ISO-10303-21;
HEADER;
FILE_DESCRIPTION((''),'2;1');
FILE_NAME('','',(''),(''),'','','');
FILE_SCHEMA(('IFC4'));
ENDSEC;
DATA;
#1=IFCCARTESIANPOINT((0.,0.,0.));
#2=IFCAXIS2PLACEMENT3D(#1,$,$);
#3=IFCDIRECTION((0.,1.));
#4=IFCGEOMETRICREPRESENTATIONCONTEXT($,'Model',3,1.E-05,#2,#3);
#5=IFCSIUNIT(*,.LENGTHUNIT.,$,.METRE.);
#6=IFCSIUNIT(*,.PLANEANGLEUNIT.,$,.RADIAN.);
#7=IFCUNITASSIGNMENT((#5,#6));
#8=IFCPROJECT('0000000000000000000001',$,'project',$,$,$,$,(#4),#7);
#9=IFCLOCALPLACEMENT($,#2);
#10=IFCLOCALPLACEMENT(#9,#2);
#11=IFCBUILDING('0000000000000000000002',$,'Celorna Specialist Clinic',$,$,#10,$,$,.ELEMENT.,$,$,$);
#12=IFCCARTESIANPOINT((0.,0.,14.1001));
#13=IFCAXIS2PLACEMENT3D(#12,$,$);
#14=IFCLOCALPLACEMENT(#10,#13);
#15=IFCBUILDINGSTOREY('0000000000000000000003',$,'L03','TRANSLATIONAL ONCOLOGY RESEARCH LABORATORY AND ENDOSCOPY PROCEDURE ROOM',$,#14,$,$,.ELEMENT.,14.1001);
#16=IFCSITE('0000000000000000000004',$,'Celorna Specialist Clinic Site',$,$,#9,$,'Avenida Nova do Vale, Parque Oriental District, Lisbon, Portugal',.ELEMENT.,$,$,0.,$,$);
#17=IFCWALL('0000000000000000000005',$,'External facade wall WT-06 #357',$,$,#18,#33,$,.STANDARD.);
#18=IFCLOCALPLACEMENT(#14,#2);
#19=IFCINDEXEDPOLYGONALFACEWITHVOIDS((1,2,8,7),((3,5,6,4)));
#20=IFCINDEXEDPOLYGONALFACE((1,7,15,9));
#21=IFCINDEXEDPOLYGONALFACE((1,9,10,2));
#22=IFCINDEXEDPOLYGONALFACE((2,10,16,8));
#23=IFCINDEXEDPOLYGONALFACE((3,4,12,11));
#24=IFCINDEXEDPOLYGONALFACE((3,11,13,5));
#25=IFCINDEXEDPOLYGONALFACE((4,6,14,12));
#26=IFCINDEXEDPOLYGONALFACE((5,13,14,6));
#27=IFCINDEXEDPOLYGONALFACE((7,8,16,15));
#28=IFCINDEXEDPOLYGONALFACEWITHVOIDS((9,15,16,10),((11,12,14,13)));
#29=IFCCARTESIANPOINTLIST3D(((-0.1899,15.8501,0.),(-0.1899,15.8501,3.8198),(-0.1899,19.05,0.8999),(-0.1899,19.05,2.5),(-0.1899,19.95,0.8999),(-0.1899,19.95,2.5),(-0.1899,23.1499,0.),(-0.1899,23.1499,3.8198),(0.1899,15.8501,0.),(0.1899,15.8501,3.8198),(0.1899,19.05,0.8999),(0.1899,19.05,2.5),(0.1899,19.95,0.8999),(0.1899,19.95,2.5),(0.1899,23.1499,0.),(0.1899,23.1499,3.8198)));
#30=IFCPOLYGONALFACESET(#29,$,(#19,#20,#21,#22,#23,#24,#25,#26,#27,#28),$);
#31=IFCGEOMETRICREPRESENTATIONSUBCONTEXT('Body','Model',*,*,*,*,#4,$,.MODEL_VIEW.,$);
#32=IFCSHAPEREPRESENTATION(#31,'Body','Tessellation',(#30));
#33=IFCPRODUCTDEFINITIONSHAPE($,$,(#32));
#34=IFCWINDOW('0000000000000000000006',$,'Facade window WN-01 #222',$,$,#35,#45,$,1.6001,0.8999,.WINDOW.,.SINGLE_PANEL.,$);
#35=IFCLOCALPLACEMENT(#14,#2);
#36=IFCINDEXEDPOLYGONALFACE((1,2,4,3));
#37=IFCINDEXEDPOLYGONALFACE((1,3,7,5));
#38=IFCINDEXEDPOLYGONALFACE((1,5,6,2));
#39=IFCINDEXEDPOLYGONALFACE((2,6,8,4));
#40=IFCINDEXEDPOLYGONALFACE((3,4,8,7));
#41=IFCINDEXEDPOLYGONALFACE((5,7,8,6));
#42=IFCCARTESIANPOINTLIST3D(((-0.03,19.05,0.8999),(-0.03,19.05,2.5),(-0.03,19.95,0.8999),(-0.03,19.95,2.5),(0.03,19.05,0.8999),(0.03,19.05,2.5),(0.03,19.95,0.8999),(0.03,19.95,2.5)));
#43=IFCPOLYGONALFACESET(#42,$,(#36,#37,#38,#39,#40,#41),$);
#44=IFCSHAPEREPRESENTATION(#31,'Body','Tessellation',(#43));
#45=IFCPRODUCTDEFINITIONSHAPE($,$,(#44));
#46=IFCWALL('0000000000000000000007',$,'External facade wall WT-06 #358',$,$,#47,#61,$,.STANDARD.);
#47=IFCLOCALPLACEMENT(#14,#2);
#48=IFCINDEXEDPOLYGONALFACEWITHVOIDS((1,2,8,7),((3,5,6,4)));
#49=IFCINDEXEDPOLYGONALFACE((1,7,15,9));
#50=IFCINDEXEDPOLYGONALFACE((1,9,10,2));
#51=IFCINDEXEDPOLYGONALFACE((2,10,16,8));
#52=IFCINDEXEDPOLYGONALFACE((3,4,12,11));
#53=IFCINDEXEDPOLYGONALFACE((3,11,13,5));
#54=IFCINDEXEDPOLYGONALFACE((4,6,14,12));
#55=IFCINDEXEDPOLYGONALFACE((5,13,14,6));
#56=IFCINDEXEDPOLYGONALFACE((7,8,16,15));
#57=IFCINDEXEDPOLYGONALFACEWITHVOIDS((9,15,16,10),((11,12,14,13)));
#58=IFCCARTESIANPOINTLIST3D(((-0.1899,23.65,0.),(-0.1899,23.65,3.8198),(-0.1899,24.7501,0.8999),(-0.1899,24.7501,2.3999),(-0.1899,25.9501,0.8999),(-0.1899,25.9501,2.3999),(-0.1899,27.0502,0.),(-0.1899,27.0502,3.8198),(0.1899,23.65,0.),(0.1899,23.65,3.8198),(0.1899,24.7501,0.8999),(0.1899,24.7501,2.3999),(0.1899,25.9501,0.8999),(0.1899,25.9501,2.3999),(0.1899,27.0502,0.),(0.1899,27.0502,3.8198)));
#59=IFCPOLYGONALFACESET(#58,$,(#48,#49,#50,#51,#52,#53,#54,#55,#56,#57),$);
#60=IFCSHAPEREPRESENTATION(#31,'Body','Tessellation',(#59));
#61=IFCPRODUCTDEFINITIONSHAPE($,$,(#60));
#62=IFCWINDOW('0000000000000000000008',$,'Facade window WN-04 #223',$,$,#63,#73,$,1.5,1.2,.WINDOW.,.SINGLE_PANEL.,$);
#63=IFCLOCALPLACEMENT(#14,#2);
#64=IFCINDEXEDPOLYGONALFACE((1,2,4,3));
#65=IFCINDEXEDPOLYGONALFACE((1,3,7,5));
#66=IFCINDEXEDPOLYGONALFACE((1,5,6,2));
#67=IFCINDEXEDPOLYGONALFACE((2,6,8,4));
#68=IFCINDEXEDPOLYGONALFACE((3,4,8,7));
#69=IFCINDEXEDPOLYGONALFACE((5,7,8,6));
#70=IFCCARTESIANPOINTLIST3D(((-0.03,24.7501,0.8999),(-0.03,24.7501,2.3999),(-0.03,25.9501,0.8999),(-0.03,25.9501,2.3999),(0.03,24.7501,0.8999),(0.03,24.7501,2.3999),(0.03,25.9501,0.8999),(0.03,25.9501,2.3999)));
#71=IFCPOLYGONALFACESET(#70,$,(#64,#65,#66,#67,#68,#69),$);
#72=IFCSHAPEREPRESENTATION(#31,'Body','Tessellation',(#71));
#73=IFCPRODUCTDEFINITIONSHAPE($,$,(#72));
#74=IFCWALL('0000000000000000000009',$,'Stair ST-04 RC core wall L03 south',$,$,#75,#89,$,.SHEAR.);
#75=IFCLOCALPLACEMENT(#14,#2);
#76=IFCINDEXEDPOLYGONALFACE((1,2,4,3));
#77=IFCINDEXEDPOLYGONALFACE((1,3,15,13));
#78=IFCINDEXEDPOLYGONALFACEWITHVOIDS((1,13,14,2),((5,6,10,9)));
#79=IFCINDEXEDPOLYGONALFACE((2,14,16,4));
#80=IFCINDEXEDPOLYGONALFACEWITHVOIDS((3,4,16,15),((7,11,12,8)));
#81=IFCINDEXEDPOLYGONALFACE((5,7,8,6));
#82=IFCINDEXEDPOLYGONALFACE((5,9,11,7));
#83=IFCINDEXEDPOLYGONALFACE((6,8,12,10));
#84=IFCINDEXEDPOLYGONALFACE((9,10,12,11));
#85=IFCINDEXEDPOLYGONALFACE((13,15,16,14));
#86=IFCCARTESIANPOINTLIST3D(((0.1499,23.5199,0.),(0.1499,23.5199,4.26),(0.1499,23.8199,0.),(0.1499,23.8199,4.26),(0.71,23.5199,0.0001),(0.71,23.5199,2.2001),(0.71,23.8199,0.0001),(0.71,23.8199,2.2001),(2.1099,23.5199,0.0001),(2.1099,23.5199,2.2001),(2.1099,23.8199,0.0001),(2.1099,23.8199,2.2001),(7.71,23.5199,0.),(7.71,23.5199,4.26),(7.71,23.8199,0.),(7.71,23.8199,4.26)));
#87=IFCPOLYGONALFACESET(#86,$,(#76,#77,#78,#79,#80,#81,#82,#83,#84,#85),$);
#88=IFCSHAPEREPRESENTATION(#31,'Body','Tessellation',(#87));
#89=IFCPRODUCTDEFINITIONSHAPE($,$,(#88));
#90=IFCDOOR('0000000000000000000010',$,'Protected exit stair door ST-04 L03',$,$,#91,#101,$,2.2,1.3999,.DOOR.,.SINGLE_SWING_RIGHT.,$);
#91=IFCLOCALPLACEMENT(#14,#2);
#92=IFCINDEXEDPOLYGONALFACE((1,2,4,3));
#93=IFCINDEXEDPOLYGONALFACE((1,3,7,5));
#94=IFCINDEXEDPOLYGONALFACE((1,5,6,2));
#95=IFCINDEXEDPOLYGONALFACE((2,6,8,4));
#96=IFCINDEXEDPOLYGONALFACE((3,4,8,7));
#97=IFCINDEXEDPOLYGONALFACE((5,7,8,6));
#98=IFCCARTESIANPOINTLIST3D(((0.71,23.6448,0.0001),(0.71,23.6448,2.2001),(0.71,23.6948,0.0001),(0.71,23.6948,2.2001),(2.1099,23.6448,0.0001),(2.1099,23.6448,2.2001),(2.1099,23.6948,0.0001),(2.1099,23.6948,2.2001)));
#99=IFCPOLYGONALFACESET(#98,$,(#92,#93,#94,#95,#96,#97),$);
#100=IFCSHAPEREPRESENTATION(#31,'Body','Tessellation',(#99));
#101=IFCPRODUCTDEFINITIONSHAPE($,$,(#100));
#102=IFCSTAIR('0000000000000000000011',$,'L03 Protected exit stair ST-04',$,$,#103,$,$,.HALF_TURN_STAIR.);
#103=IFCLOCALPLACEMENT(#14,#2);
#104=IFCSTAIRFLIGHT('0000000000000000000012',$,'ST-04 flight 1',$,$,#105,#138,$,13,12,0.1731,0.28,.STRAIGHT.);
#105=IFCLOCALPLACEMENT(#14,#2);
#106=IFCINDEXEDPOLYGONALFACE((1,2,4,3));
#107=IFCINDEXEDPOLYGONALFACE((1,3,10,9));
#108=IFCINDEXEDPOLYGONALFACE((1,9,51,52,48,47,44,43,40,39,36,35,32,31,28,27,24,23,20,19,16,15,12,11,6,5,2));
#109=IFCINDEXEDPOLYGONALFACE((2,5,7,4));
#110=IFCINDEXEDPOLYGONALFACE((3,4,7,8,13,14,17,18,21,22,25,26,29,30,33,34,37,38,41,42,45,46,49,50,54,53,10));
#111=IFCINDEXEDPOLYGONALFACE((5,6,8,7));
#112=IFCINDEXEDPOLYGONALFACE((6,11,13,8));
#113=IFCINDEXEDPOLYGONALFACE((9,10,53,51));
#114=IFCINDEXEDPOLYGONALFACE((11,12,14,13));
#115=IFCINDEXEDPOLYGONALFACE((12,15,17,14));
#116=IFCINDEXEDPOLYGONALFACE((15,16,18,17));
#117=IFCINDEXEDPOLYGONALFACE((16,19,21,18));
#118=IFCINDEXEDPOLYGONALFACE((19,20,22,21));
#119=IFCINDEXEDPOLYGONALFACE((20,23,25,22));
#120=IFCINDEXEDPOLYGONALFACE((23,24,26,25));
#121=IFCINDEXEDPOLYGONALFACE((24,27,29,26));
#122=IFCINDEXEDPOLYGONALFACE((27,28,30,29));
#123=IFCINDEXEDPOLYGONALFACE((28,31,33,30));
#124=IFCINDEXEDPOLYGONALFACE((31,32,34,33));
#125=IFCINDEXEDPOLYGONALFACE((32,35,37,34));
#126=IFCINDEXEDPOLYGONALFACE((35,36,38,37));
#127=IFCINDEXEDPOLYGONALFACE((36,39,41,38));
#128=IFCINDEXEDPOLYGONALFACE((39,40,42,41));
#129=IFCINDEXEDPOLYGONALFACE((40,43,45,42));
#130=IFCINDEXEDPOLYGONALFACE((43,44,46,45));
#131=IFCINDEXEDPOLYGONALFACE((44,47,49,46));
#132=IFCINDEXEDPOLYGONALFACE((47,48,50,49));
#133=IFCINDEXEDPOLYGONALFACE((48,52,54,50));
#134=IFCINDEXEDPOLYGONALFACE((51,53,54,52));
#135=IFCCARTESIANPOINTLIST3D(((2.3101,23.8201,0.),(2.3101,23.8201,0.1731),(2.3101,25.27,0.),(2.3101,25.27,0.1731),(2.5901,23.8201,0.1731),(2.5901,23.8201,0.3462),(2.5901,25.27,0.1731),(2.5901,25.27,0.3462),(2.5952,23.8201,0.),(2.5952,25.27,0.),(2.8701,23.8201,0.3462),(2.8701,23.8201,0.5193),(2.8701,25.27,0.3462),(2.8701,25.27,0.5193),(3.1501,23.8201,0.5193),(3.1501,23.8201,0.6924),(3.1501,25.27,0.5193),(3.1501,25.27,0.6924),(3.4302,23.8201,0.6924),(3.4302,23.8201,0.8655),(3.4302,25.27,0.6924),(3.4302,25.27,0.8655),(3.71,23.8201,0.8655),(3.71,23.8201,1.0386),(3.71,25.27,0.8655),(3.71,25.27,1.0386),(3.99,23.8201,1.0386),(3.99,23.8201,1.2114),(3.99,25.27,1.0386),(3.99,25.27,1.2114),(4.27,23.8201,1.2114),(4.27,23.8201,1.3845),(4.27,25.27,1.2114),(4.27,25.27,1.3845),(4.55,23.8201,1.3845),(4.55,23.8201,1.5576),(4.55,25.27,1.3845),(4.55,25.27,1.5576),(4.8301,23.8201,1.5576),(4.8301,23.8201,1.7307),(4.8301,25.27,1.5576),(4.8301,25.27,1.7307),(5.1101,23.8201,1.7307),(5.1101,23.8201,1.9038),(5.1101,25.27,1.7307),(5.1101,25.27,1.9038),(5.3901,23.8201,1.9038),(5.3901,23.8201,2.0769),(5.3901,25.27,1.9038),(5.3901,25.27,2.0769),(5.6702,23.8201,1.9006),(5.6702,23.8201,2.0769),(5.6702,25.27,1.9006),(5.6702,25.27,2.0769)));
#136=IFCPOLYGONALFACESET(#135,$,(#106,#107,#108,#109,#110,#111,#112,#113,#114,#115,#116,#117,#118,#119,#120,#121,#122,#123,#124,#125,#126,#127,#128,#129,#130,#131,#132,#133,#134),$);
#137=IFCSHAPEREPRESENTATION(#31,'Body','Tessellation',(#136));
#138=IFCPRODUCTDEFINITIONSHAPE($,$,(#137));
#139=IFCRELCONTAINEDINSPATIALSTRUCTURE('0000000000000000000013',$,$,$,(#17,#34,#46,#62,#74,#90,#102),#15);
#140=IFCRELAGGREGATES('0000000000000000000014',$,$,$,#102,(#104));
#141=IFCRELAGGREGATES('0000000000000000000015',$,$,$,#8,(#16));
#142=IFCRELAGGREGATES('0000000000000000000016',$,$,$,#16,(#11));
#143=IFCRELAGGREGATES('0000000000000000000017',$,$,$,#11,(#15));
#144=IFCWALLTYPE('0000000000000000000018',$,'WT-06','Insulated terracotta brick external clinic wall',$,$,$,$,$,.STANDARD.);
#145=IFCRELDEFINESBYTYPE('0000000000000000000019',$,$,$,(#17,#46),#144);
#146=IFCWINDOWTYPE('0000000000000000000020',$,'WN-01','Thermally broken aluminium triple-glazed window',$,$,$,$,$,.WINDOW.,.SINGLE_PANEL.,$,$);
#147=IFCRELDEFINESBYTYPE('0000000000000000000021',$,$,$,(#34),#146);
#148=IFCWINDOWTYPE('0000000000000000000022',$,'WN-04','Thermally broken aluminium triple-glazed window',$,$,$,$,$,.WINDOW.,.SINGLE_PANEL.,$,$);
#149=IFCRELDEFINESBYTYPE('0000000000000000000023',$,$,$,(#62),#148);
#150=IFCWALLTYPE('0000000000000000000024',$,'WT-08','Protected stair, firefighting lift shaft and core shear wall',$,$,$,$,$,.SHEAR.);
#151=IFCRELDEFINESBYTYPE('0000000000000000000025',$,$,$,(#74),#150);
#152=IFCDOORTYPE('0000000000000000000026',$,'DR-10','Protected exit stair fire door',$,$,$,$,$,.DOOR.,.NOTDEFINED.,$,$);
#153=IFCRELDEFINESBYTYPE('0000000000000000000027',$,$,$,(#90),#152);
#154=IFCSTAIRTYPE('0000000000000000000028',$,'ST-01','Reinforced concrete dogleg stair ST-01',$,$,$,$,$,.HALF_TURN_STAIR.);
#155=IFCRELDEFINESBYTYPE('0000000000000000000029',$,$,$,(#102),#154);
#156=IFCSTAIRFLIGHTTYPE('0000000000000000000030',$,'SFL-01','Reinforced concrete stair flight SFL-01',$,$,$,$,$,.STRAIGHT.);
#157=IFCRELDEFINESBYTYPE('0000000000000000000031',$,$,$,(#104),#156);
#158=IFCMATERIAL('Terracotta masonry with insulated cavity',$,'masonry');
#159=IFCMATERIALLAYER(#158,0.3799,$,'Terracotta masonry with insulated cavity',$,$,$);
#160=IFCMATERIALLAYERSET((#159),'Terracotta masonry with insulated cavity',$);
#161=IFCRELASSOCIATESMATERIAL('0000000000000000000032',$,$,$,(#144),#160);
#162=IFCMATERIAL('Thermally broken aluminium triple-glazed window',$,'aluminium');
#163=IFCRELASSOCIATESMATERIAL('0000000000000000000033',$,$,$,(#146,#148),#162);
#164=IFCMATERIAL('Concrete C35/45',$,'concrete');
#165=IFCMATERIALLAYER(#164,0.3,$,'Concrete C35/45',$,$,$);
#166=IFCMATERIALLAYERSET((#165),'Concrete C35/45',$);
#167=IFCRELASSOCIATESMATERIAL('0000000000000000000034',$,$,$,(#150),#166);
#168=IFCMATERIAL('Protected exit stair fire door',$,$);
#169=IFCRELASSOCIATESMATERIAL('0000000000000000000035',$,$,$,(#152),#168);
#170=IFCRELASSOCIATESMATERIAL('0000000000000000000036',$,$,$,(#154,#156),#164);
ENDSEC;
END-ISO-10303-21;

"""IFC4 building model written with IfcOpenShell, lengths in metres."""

from ifc_helpers import new_model, si_unit, direction, frame, frame_2d, origin, place, context, subcontext, project, spatial, polyline, rectangle, outline, extrude, material, layer, layer_set, type_object, element, fill, aggregate, save


model = new_model("IFC4")

# Units and contexts
model_context = context("Model", 3, precision=1e-05, world=origin(), true_north=direction((0.0, 1.0)))
body_context = subcontext(model_context, "Body", "Model", "MODEL_VIEW")
ifc_project = project(units=[si_unit("LENGTHUNIT", "METRE"), si_unit("PLANEANGLEUNIT", "RADIAN")], contexts=[model_context])

# Site, building, storey
site_placement = place(None, origin())
site = spatial("IfcSite", under=ifc_project, at=site_placement, Name="Celorna Specialist Clinic Site", LongName="Avenida Nova do Vale, Parque Oriental District, Lisbon, Portugal", CompositionType="ELEMENT", RefElevation=0.0)
building_placement = place(site_placement, origin())
building = spatial("IfcBuilding", under=site, at=building_placement, Name="Celorna Specialist Clinic", CompositionType="ELEMENT")
storey_placement = place(building_placement, frame((0.0, 0.0, 14.1001)))
storey = spatial("IfcBuildingStorey", under=building, at=storey_placement, Name="L03", Description="TRANSLATIONAL ONCOLOGY RESEARCH LABORATORY AND ENDOSCOPY PROCEDURE ROOM", CompositionType="ELEMENT", Elevation=14.1001)

# Shared definitions
ifc_material_1 = material(Name="Concrete C35/45", Category="concrete")

# Walls, openings, windows
ifc_material_2 = material(Name="Terracotta masonry with insulated cavity", Category="masonry")
ifc_layer_1 = layer(ifc_material_2, 0.3799, Name="Terracotta masonry with insulated cavity")
ifc_layer_set_1 = layer_set([ifc_layer_1], Name="Terracotta masonry with insulated cavity")
wall_type_1 = type_object("IfcWallType", Name="WT-06", Description="Insulated terracotta brick external clinic wall", PredefinedType="STANDARD", material=ifc_layer_set_1)
wall_1_placement = place(storey_placement, frame((0.0, 15.8501, 0.0), z_axis=(0.0, 0.0, 1.0), x_axis=(0.0, 1.0, 0.0)))
wall_1 = element("IfcWall", 1, at=wall_1_placement, inside=storey, type_object=wall_type_1, Name="External facade wall WT-06 #357", PredefinedType="STANDARD", context=body_context, shape_type="SweptSolid", body=[
    extrude(rectangle(XDim=7.2998, YDim=0.3799, at=frame_2d((3.6499, 0.0))), origin(), (0.0, 0.0, 1.0), 3.8198),
])
opening_1_placement = place(wall_1_placement, frame((3.2, 0.0, 0.8999)))
opening_1 = element("IfcOpeningElement", 2, at=opening_1_placement, cuts=wall_1, PredefinedType="OPENING", context=body_context, shape_type="SweptSolid", body=[
    extrude(rectangle(XDim=0.8999, YDim=1.6001, at=frame_2d((0.45, 0.8))), frame((0.0, 0.2, 0.0), z_axis=(0.0, -1.0, 0.0), x_axis=(1.0, 0.0, 0.0)), (0.0, 0.0, 1.0), 0.3999),
])
ifc_material_3 = material(Name="Thermally broken aluminium triple-glazed window", Category="aluminium")
window_type_1 = type_object("IfcWindowType", Name="WN-01", Description="Thermally broken aluminium triple-glazed window", PartitioningType="SINGLE_PANEL", PredefinedType="WINDOW", material=ifc_material_3)
window_1_placement = place(opening_1_placement, origin())
window_1 = element("IfcWindow", 3, at=window_1_placement, inside=storey, type_object=window_type_1, Name="Facade window WN-01 #222", OverallHeight=1.6001, OverallWidth=0.8999, PartitioningType="SINGLE_PANEL", PredefinedType="WINDOW", context=body_context, shape_type="SweptSolid", body=[
    extrude(rectangle(XDim=0.8999, YDim=1.6001, at=frame_2d((0.45, 0.8))), frame((0.0, 0.03, 0.0), z_axis=(0.0, -1.0, 0.0), x_axis=(1.0, 0.0, 0.0)), (0.0, 0.0, 1.0), 0.0601),
])
fill(opening_1, window_1)
wall_2_placement = place(storey_placement, frame((0.0, 23.6499, 0.0), z_axis=(0.0, 0.0, 1.0), x_axis=(0.0, 1.0, 0.0)))
wall_2 = element("IfcWall", 4, at=wall_2_placement, inside=storey, type_object=wall_type_1, Name="External facade wall WT-06 #358", PredefinedType="STANDARD", context=body_context, shape_type="SweptSolid", body=[
    extrude(rectangle(XDim=3.4001, YDim=0.3799, at=frame_2d((1.7002, 0.0))), origin(), (0.0, 0.0, 1.0), 3.8198),
])
opening_2_placement = place(wall_2_placement, frame((1.1001, 0.0, 0.8999)))
opening_2 = element("IfcOpeningElement", 5, at=opening_2_placement, cuts=wall_2, PredefinedType="OPENING", context=body_context, shape_type="SweptSolid", body=[
    extrude(rectangle(XDim=1.2, YDim=1.5, at=frame_2d((0.6001, 0.75))), frame((0.0, 0.2, 0.0), z_axis=(0.0, -1.0, 0.0), x_axis=(1.0, 0.0, 0.0)), (0.0, 0.0, 1.0), 0.3999),
])
window_type_2 = type_object("IfcWindowType", Name="WN-04", Description="Thermally broken aluminium triple-glazed window", PartitioningType="SINGLE_PANEL", PredefinedType="WINDOW", material=ifc_material_3)
window_2_placement = place(opening_2_placement, origin())
window_2 = element("IfcWindow", 6, at=window_2_placement, inside=storey, type_object=window_type_2, Name="Facade window WN-04 #223", OverallHeight=1.5, OverallWidth=1.2, PartitioningType="SINGLE_PANEL", PredefinedType="WINDOW", context=body_context, shape_type="SweptSolid", body=[
    extrude(rectangle(XDim=1.2, YDim=1.5, at=frame_2d((0.6001, 0.75))), frame((0.0, 0.03, 0.0), z_axis=(0.0, -1.0, 0.0), x_axis=(1.0, 0.0, 0.0)), (0.0, 0.0, 1.0), 0.0601),
])
fill(opening_2, window_2)

# Wall, opening, door
ifc_layer_2 = layer(ifc_material_1, 0.3, Name="Concrete C35/45")
ifc_layer_set_2 = layer_set([ifc_layer_2], Name="Concrete C35/45")
wall_type_2 = type_object("IfcWallType", Name="WT-08", Description="Protected stair, firefighting lift shaft and core shear wall", PredefinedType="SHEAR", material=ifc_layer_set_2)
wall_3_placement = place(storey_placement, frame((0.1499, 23.6699, 0.0), z_axis=(0.0, 0.0, 1.0), x_axis=(1.0, 0.0, 0.0)))
wall_3 = element("IfcWall", 7, at=wall_3_placement, inside=storey, type_object=wall_type_2, Name="Stair ST-04 RC core wall L03 south", PredefinedType="SHEAR", context=body_context, shape_type="SweptSolid", body=[
    extrude(rectangle(XDim=7.5601, YDim=0.3, at=frame_2d((3.78, 0.0))), origin(), (0.0, 0.0, 1.0), 4.26),
])
opening_3_placement = place(wall_3_placement, frame((0.5601, 0.0, 0.0)))
opening_3 = element("IfcOpeningElement", 8, at=opening_3_placement, cuts=wall_3, PredefinedType="OPENING", context=body_context, shape_type="SweptSolid", body=[
    extrude(rectangle(XDim=1.3999, YDim=2.2, at=frame_2d((0.7, 1.1001))), frame((0.0, 0.1599, 0.0), z_axis=(0.0, -1.0, 0.0), x_axis=(1.0, 0.0, 0.0)), (0.0, 0.0, 1.0), 0.3201),
])
ifc_material_4 = material(Name="Protected exit stair fire door")
door_type = type_object("IfcDoorType", Name="DR-10", Description="Protected exit stair fire door", OperationType="NOTDEFINED", PredefinedType="DOOR", material=ifc_material_4)
door_placement = place(opening_3_placement, origin())
door = element("IfcDoor", 9, at=door_placement, inside=storey, type_object=door_type, Name="Protected exit stair door ST-04 L03", OperationType="SINGLE_SWING_RIGHT", OverallHeight=2.2, OverallWidth=1.3999, PredefinedType="DOOR", context=body_context, shape_type="SweptSolid", body=[
    extrude(rectangle(XDim=1.3999, YDim=2.2, at=frame_2d((0.7, 1.1001))), frame((0.0, 0.0249, 0.0), z_axis=(0.0, -1.0, 0.0), x_axis=(1.0, 0.0, 0.0)), (0.0, 0.0, 1.0), 0.05),
])
fill(opening_3, door)

# Stair, stair flight
stair_type = type_object("IfcStairType", Name="ST-01", Description="Reinforced concrete dogleg stair ST-01", PredefinedType="HALF_TURN_STAIR", material=ifc_material_1)
stair_placement = place(storey_placement, origin())
stair = element("IfcStair", 10, at=stair_placement, inside=storey, type_object=stair_type, Name="L03 Protected exit stair ST-04", PredefinedType="HALF_TURN_STAIR")
stair_flight_type = type_object("IfcStairFlightType", Name="SFL-01", Description="Reinforced concrete stair flight SFL-01", PredefinedType="STRAIGHT", material=ifc_material_1)
stair_flight_1_placement = place(storey_placement, frame((2.3101, 24.5449, 0.0), z_axis=(0.0, 0.0, 1.0), x_axis=(1.0, 0.0, 0.0)))
stair_flight_1 = element("IfcStairFlight", 11, at=stair_flight_1_placement, type_object=stair_flight_type, Name="ST-04 flight 1", NumberOfRisers=13, NumberOfTreads=12, PredefinedType="STRAIGHT", RiserHeight=0.1731, TreadLength=0.28, context=body_context, shape_type="SweptSolid", body=[
    extrude(outline(polyline([(0.0, 0.0), (0.0, 0.1731), (0.28, 0.1731), (0.28, 0.3462), (0.5601, 0.3462), (0.5601, 0.5193), (0.8401, 0.5193), (0.8401, 0.6924), (1.1201, 0.6924), (1.1201, 0.8655), (1.3999, 0.8655), (1.3999, 1.0386), (1.6799, 1.0386), (1.6799, 1.2114), (1.96, 1.2114), (1.96, 1.3845), (2.24, 1.3845), (2.24, 1.5576), (2.52, 1.5576), (2.52, 1.7307), (2.8, 1.7307), (2.8, 1.9038), (3.0801, 1.9038), (3.0801, 2.0769), (3.3601, 2.0769), (3.3601, 2.25), (3.3601, 1.9006), (0.2852, 0.0), (0.0, 0.0)])), frame((0.0, 0.7251, 0.0), z_axis=(0.0, -1.0, 0.0), x_axis=(1.0, 0.0, 0.0)), (0.0, 0.0, 1.0), 1.45),
])
aggregate(stair, [stair_flight_1])

save(model, "model.ifc")
